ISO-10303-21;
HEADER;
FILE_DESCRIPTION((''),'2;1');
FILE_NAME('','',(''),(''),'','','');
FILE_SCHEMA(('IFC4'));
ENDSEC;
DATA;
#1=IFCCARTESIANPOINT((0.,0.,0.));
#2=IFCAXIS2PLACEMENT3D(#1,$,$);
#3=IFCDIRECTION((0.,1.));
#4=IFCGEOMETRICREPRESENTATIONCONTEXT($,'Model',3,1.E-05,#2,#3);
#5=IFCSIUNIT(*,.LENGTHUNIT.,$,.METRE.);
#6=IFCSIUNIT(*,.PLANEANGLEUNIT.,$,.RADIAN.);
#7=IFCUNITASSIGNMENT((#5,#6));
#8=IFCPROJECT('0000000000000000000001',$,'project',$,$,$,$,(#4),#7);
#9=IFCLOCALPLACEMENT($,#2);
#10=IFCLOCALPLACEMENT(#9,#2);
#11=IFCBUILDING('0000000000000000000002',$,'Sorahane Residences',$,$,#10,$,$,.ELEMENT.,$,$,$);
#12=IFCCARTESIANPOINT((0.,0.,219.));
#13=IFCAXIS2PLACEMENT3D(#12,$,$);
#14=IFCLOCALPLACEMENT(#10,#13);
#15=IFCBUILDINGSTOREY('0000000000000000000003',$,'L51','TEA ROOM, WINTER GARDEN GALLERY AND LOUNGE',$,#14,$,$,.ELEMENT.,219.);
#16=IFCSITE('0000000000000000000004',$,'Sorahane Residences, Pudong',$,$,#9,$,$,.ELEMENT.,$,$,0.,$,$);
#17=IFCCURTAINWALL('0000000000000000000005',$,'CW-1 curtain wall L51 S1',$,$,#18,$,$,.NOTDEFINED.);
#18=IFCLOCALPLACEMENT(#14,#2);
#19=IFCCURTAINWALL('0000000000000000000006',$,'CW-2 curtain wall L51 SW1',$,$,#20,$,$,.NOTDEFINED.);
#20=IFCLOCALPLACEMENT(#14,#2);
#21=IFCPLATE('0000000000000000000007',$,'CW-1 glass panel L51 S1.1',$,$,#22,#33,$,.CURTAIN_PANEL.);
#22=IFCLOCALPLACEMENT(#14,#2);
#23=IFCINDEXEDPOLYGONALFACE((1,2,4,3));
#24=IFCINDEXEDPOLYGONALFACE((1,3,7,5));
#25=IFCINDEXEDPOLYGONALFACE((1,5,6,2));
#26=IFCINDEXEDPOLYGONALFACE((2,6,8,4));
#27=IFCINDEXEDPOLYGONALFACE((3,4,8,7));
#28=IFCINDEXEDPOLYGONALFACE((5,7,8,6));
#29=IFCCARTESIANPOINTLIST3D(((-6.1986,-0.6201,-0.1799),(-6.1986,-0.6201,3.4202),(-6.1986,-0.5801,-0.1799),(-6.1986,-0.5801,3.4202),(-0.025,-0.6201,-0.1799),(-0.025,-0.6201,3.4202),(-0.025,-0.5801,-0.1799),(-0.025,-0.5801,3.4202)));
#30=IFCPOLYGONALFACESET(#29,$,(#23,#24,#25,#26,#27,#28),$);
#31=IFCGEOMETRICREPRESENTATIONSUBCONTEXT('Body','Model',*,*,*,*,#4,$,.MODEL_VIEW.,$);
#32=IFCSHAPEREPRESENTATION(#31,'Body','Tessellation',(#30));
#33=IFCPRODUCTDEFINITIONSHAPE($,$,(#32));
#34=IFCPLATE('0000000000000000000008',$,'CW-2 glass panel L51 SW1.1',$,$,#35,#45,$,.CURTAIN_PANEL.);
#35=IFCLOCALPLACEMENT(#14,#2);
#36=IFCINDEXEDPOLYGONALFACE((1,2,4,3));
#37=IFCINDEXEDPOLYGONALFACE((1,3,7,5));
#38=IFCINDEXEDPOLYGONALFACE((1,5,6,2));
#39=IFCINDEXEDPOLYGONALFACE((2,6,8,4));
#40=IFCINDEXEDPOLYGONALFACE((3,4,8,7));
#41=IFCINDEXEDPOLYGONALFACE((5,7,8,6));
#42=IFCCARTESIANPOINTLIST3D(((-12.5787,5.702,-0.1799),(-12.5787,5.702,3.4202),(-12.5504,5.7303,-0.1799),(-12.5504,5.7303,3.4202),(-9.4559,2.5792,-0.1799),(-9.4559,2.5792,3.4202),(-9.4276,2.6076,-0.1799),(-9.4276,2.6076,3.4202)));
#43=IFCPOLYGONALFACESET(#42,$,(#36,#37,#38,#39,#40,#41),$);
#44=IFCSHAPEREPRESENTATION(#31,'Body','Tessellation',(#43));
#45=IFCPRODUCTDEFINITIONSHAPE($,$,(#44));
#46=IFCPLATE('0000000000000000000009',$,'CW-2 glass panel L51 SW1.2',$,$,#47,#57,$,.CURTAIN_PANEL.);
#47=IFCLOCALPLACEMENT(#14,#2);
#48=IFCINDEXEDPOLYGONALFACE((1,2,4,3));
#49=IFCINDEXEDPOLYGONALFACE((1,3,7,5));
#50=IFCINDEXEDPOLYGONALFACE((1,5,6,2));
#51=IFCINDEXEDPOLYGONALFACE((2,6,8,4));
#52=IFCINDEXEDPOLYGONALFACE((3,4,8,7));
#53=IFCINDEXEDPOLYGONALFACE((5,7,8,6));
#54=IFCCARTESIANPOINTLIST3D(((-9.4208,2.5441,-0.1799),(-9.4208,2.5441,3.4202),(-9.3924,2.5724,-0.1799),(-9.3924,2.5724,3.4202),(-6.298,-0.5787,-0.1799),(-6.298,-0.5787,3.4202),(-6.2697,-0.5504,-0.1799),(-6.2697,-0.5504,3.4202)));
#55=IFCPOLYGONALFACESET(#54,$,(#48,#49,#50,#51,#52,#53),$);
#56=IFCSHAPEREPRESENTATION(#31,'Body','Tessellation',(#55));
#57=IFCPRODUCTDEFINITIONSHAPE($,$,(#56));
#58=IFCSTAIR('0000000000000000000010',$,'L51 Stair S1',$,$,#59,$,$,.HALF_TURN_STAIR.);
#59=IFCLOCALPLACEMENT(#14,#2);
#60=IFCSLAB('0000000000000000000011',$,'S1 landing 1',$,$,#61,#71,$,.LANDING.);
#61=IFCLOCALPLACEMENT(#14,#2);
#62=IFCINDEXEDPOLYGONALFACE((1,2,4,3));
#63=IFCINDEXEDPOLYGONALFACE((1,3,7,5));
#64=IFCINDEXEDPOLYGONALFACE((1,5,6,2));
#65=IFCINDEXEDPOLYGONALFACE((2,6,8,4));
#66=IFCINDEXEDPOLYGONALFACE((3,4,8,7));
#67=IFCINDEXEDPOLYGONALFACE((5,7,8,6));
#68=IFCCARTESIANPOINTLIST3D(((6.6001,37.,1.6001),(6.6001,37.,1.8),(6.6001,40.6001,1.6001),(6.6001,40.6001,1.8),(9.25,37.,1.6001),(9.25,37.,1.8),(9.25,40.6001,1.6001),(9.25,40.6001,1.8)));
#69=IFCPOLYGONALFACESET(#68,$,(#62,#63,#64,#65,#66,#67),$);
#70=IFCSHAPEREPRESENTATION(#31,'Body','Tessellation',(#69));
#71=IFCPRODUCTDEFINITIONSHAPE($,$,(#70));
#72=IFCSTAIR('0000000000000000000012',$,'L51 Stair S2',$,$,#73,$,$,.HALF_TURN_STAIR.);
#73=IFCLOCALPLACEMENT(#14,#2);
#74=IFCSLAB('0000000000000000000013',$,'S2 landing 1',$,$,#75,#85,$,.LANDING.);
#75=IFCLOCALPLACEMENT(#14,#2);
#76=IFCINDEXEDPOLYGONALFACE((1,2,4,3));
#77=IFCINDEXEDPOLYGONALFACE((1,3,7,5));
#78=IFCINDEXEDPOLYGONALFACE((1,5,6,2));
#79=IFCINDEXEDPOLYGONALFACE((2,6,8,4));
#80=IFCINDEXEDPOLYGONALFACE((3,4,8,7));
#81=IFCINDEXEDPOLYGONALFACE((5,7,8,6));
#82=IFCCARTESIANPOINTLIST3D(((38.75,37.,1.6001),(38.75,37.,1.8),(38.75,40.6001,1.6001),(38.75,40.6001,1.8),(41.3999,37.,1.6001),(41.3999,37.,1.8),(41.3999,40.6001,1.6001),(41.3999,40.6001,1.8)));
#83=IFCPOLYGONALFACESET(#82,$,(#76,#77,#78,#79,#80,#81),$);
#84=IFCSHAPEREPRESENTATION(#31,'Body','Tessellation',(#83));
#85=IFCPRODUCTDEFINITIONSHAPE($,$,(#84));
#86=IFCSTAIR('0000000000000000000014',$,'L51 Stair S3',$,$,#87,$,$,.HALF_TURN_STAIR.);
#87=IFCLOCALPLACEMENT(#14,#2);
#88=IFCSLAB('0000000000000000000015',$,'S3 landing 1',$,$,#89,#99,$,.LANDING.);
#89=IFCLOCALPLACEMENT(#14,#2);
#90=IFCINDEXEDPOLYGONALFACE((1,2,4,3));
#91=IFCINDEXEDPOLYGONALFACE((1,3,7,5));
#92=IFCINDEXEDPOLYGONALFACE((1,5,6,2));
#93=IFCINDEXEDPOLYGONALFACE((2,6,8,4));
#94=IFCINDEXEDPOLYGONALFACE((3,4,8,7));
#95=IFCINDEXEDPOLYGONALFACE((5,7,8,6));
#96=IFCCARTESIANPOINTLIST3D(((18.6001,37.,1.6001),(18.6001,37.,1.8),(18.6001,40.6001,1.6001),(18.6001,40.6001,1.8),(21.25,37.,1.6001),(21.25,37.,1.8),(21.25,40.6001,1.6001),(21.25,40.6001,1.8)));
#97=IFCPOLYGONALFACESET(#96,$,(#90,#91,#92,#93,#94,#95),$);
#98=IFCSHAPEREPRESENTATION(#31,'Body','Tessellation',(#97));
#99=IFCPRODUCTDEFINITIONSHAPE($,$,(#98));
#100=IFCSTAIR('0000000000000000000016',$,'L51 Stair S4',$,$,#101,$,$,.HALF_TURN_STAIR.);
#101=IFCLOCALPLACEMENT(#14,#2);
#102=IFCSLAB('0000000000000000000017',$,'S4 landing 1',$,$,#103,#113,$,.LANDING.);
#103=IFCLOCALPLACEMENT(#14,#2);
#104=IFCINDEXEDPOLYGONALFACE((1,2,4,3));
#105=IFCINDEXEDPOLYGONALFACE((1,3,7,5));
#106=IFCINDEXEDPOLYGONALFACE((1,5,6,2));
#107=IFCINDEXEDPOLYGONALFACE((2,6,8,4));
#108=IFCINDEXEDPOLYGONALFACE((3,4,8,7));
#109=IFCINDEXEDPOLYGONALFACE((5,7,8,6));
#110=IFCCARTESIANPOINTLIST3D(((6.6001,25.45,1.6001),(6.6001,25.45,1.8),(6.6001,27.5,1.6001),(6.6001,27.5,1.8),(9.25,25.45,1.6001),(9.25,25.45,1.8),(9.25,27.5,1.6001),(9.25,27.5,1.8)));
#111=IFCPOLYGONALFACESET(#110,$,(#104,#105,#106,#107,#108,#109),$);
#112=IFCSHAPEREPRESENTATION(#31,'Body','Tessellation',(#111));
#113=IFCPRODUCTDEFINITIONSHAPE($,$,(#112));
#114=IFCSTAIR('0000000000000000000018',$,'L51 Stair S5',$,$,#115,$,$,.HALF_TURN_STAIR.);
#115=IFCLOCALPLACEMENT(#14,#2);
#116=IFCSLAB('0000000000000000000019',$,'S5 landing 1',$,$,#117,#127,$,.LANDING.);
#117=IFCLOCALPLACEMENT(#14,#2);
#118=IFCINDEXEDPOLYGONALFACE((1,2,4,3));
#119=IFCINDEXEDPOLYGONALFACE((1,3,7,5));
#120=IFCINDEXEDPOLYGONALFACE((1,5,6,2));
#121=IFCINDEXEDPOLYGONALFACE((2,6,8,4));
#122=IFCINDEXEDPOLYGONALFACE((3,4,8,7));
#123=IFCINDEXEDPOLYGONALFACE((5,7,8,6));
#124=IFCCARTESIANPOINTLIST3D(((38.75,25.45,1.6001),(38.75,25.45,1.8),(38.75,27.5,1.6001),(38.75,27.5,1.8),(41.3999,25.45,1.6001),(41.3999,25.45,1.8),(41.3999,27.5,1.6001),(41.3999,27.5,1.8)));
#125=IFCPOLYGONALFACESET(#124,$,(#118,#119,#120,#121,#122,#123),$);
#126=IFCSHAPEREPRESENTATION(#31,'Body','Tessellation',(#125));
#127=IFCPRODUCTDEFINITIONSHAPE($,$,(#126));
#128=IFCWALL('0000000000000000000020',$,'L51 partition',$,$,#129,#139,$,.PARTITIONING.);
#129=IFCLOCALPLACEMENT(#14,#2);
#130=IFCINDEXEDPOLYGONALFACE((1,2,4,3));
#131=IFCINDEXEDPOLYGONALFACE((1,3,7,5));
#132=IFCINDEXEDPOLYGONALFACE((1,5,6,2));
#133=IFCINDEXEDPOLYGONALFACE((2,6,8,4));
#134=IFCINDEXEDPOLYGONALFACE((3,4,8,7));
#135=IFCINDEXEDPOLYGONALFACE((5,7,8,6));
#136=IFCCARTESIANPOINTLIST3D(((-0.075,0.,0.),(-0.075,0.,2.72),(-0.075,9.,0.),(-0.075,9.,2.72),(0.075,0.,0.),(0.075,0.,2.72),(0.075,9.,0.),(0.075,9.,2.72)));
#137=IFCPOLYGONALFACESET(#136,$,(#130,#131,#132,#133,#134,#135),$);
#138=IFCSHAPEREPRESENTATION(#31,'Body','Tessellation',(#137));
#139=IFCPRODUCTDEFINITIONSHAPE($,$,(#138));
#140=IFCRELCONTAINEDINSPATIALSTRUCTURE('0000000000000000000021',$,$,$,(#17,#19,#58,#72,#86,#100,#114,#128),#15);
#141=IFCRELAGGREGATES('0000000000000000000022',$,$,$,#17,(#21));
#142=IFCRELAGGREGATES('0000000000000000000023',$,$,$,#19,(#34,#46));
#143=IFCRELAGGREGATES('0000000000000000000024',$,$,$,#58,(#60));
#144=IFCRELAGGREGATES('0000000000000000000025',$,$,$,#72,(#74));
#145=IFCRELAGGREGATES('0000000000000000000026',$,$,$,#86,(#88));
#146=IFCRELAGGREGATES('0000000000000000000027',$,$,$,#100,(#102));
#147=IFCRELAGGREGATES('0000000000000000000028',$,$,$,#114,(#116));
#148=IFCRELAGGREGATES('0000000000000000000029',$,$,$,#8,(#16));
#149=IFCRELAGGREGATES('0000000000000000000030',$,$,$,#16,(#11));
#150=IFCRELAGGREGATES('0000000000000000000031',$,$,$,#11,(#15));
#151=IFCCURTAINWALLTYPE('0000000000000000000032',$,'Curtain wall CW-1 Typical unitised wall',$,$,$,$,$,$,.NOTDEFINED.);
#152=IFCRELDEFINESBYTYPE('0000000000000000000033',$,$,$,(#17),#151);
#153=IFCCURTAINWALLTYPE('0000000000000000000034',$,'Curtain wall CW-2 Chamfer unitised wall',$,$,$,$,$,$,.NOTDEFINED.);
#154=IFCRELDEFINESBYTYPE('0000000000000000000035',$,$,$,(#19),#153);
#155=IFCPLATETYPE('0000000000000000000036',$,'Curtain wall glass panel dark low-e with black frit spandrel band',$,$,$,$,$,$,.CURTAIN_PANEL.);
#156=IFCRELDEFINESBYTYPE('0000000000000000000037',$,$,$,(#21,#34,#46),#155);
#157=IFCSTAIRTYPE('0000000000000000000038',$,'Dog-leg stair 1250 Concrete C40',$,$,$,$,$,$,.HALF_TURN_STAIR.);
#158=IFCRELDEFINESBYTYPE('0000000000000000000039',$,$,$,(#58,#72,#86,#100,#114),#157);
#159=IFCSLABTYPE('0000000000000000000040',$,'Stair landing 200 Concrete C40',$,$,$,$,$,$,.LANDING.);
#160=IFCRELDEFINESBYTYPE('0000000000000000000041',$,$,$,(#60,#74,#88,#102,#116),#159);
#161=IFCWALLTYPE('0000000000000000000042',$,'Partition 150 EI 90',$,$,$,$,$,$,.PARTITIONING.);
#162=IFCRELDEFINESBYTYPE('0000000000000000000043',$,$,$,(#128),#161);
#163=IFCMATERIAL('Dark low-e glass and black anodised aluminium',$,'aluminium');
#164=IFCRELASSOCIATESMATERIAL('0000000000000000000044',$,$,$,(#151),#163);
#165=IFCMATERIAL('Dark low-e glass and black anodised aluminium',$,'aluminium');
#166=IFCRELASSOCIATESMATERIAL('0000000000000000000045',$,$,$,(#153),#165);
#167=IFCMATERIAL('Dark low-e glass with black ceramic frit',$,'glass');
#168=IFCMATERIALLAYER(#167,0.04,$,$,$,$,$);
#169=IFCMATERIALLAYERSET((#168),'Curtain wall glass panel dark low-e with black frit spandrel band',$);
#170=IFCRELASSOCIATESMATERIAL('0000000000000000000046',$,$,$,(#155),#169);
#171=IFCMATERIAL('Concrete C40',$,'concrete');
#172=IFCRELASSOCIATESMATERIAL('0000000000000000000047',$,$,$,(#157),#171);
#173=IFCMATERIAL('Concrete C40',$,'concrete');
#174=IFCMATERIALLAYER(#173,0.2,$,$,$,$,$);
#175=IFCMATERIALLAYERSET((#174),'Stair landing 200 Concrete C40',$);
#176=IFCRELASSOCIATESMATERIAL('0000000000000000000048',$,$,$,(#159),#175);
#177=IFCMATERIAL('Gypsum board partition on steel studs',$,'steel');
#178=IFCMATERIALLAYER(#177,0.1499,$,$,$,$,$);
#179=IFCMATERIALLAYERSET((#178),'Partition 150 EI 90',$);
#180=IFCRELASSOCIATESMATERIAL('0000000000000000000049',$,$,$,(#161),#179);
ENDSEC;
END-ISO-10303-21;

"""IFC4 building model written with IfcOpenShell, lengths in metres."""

from ifc_helpers import new_model, si_unit, direction, frame, frame_2d, origin, origin_2d, place, context, subcontext, project, spatial, polyline, rectangle, outline, extrude, material, layer, layer_set, type_object, element, aggregate, save


model = new_model("IFC4")

# Units and contexts
model_context = context("Model", 3, precision=1e-05, world=origin(), true_north=direction((0.0, 1.0)))
body_context = subcontext(model_context, "Body", "Model", "MODEL_VIEW")
ifc_project = project(units=[si_unit("LENGTHUNIT", "METRE"), si_unit("PLANEANGLEUNIT", "RADIAN")], contexts=[model_context])

# Site, building, storey
site_placement = place(None, origin())
site = spatial("IfcSite", under=ifc_project, at=site_placement, Name="Sorahane Residences, Pudong", CompositionType="ELEMENT", RefElevation=0.0)
building_placement = place(site_placement, origin())
building = spatial("IfcBuilding", under=site, at=building_placement, Name="Sorahane Residences", CompositionType="ELEMENT")
storey_placement = place(building_placement, frame((0.0, 0.0, 219.0)))
storey = spatial("IfcBuildingStorey", under=building, at=storey_placement, Name="L51", Description="TEA ROOM, WINTER GARDEN GALLERY AND LOUNGE", CompositionType="ELEMENT", Elevation=219.0)

# Curtain wall
ifc_material_1 = material(Name="Dark low-e glass and black anodised aluminium", Category="aluminium")
curtain_wall_type_1 = type_object("IfcCurtainWallType", Name="Curtain wall CW-1 Typical unitised wall", PredefinedType="NOTDEFINED", material=ifc_material_1)
curtain_wall_1_placement = place(storey_placement, origin())
curtain_wall_1 = element("IfcCurtainWall", 1, at=curtain_wall_1_placement, inside=storey, type_object=curtain_wall_type_1, Name="CW-1 curtain wall L51 S1", PredefinedType="NOTDEFINED")

# Curtain wall
ifc_material_2 = material(Name="Dark low-e glass and black anodised aluminium", Category="aluminium")
curtain_wall_type_2 = type_object("IfcCurtainWallType", Name="Curtain wall CW-2 Chamfer unitised wall", PredefinedType="NOTDEFINED", material=ifc_material_2)
curtain_wall_2_placement = place(storey_placement, origin())
curtain_wall_2 = element("IfcCurtainWall", 2, at=curtain_wall_2_placement, inside=storey, type_object=curtain_wall_type_2, Name="CW-2 curtain wall L51 SW1", PredefinedType="NOTDEFINED")

# Plates
ifc_material_3 = material(Name="Dark low-e glass with black ceramic frit", Category="glass")
ifc_layer_1 = layer(ifc_material_3, 0.04)
ifc_layer_set_1 = layer_set([ifc_layer_1], Name="Curtain wall glass panel dark low-e with black frit spandrel band")
plate_type = type_object("IfcPlateType", Name="Curtain wall glass panel dark low-e with black frit spandrel band", PredefinedType="CURTAIN_PANEL", material=ifc_layer_set_1)
plate_1_placement = place(storey_placement, frame((-3.1118, -0.6001, -0.1799), z_axis=(0.0, 0.0, 1.0), x_axis=(1.0, 0.0, 0.0)))
plate_1 = element("IfcPlate", 3, at=plate_1_placement, type_object=plate_type, Name="CW-1 glass panel L51 S1.1", PredefinedType="CURTAIN_PANEL", context=body_context, shape_type="SweptSolid", body=[
    extrude(rectangle(XDim=6.1736, YDim=0.04, at=origin_2d()), origin(), (0.0, 0.0, 1.0), 3.6001),
])
aggregate(curtain_wall_1, [plate_1])
plate_2_placement = place(storey_placement, frame((-11.0032, 4.1548, -0.1799), z_axis=(0.0, 0.0, 1.0), x_axis=(0.707107, -0.707107, 0.0)))
plate_2 = element("IfcPlate", 4, at=plate_2_placement, type_object=plate_type, Name="CW-2 glass panel L51 SW1.1", PredefinedType="CURTAIN_PANEL", context=body_context, shape_type="SweptSolid", body=[
    extrude(rectangle(XDim=4.4163, YDim=0.04, at=origin_2d()), origin(), (0.0, 0.0, 1.0), 3.6001),
])
plate_3_placement = place(storey_placement, frame((-7.8452, 0.9968, -0.1799), z_axis=(0.0, 0.0, 1.0), x_axis=(0.707107, -0.707107, 0.0)))
plate_3 = element("IfcPlate", 5, at=plate_3_placement, type_object=plate_type, Name="CW-2 glass panel L51 SW1.2", PredefinedType="CURTAIN_PANEL", context=body_context, shape_type="SweptSolid", body=[
    extrude(rectangle(XDim=4.4163, YDim=0.04, at=origin_2d()), origin(), (0.0, 0.0, 1.0), 3.6001),
])
aggregate(curtain_wall_2, [plate_2, plate_3])

# Stairs, slabs
ifc_material_4 = material(Name="Concrete C40", Category="concrete")
stair_type = type_object("IfcStairType", Name="Dog-leg stair 1250 Concrete C40", PredefinedType="HALF_TURN_STAIR", material=ifc_material_4)
stair_1_placement = place(storey_placement, origin())
stair_1 = element("IfcStair", 6, at=stair_1_placement, inside=storey, type_object=stair_type, Name="L51 Stair S1", PredefinedType="HALF_TURN_STAIR")
ifc_material_5 = material(Name="Concrete C40", Category="concrete")
ifc_layer_2 = layer(ifc_material_5, 0.2)
ifc_layer_set_2 = layer_set([ifc_layer_2], Name="Stair landing 200 Concrete C40")
slab_type_1 = type_object("IfcSlabType", Name="Stair landing 200 Concrete C40", PredefinedType="LANDING", material=ifc_layer_set_2)
slab_1_placement = place(storey_placement, frame((0.0, 0.0, 1.6001)))
slab_1 = element("IfcSlab", 7, at=slab_1_placement, type_object=slab_type_1, Name="S1 landing 1", PredefinedType="LANDING", context=body_context, shape_type="SweptSolid", body=[
    extrude(outline(polyline([(6.6001, 40.6001), (6.6001, 37.0), (9.25, 37.0), (9.25, 40.6001), (6.6001, 40.6001)])), origin(), (0.0, 0.0, 1.0), 0.2),
])
aggregate(stair_1, [slab_1])
stair_2_placement = place(storey_placement, origin())
stair_2 = element("IfcStair", 8, at=stair_2_placement, inside=storey, type_object=stair_type, Name="L51 Stair S2", PredefinedType="HALF_TURN_STAIR")
slab_2_placement = place(storey_placement, frame((0.0, 0.0, 1.6001)))
slab_2 = element("IfcSlab", 9, at=slab_2_placement, type_object=slab_type_1, Name="S2 landing 1", PredefinedType="LANDING", context=body_context, shape_type="SweptSolid", body=[
    extrude(outline(polyline([(38.75, 40.6001), (38.75, 37.0), (41.3999, 37.0), (41.3999, 40.6001), (38.75, 40.6001)])), origin(), (0.0, 0.0, 1.0), 0.2),
])
aggregate(stair_2, [slab_2])
stair_3_placement = place(storey_placement, origin())
stair_3 = element("IfcStair", 10, at=stair_3_placement, inside=storey, type_object=stair_type, Name="L51 Stair S3", PredefinedType="HALF_TURN_STAIR")
slab_3_placement = place(storey_placement, frame((0.0, 0.0, 1.6001)))
slab_3 = element("IfcSlab", 11, at=slab_3_placement, type_object=slab_type_1, Name="S3 landing 1", PredefinedType="LANDING", context=body_context, shape_type="SweptSolid", body=[
    extrude(outline(polyline([(18.6001, 40.6001), (18.6001, 37.0), (21.25, 37.0), (21.25, 40.6001), (18.6001, 40.6001)])), origin(), (0.0, 0.0, 1.0), 0.2),
])
aggregate(stair_3, [slab_3])
stair_4_placement = place(storey_placement, origin())
stair_4 = element("IfcStair", 12, at=stair_4_placement, inside=storey, type_object=stair_type, Name="L51 Stair S4", PredefinedType="HALF_TURN_STAIR")
slab_4_placement = place(storey_placement, frame((0.0, 0.0, 1.6001)))
slab_4 = element("IfcSlab", 13, at=slab_4_placement, type_object=slab_type_1, Name="S4 landing 1", PredefinedType="LANDING", context=body_context, shape_type="SweptSolid", body=[
    extrude(outline(polyline([(9.25, 25.45), (9.25, 27.5), (6.6001, 27.5), (6.6001, 25.45), (9.25, 25.45)])), origin(), (0.0, 0.0, 1.0), 0.2),
])
aggregate(stair_4, [slab_4])
stair_5_placement = place(storey_placement, origin())
stair_5 = element("IfcStair", 14, at=stair_5_placement, inside=storey, type_object=stair_type, Name="L51 Stair S5", PredefinedType="HALF_TURN_STAIR")
slab_5_placement = place(storey_placement, frame((0.0, 0.0, 1.6001)))
slab_5 = element("IfcSlab", 15, at=slab_5_placement, type_object=slab_type_1, Name="S5 landing 1", PredefinedType="LANDING", context=body_context, shape_type="SweptSolid", body=[
    extrude(outline(polyline([(41.3999, 25.45), (41.3999, 27.5), (38.75, 27.5), (38.75, 25.45), (41.3999, 25.45)])), origin(), (0.0, 0.0, 1.0), 0.2),
])
aggregate(stair_5, [slab_5])

# Wall
ifc_material_6 = material(Name="Gypsum board partition on steel studs", Category="steel")
ifc_layer_3 = layer(ifc_material_6, 0.1499)
ifc_layer_set_3 = layer_set([ifc_layer_3], Name="Partition 150 EI 90")
wall_type = type_object("IfcWallType", Name="Partition 150 EI 90", PredefinedType="PARTITIONING", material=ifc_layer_set_3)
wall_1_placement = place(storey_placement, frame((0.0, 0.0, 0.0), z_axis=(0.0, 0.0, 1.0), x_axis=(0.0, 1.0, 0.0)))
element("IfcWall", 16, at=wall_1_placement, inside=storey, type_object=wall_type, Name="L51 partition", PredefinedType="PARTITIONING", context=body_context, shape_type="SweptSolid", body=[
    extrude(rectangle(XDim=9.0, YDim=0.1499, at=frame_2d((4.5, 0.0))), origin(), (0.0, 0.0, 1.0), 2.72),
])

save(model, "model.ifc")
